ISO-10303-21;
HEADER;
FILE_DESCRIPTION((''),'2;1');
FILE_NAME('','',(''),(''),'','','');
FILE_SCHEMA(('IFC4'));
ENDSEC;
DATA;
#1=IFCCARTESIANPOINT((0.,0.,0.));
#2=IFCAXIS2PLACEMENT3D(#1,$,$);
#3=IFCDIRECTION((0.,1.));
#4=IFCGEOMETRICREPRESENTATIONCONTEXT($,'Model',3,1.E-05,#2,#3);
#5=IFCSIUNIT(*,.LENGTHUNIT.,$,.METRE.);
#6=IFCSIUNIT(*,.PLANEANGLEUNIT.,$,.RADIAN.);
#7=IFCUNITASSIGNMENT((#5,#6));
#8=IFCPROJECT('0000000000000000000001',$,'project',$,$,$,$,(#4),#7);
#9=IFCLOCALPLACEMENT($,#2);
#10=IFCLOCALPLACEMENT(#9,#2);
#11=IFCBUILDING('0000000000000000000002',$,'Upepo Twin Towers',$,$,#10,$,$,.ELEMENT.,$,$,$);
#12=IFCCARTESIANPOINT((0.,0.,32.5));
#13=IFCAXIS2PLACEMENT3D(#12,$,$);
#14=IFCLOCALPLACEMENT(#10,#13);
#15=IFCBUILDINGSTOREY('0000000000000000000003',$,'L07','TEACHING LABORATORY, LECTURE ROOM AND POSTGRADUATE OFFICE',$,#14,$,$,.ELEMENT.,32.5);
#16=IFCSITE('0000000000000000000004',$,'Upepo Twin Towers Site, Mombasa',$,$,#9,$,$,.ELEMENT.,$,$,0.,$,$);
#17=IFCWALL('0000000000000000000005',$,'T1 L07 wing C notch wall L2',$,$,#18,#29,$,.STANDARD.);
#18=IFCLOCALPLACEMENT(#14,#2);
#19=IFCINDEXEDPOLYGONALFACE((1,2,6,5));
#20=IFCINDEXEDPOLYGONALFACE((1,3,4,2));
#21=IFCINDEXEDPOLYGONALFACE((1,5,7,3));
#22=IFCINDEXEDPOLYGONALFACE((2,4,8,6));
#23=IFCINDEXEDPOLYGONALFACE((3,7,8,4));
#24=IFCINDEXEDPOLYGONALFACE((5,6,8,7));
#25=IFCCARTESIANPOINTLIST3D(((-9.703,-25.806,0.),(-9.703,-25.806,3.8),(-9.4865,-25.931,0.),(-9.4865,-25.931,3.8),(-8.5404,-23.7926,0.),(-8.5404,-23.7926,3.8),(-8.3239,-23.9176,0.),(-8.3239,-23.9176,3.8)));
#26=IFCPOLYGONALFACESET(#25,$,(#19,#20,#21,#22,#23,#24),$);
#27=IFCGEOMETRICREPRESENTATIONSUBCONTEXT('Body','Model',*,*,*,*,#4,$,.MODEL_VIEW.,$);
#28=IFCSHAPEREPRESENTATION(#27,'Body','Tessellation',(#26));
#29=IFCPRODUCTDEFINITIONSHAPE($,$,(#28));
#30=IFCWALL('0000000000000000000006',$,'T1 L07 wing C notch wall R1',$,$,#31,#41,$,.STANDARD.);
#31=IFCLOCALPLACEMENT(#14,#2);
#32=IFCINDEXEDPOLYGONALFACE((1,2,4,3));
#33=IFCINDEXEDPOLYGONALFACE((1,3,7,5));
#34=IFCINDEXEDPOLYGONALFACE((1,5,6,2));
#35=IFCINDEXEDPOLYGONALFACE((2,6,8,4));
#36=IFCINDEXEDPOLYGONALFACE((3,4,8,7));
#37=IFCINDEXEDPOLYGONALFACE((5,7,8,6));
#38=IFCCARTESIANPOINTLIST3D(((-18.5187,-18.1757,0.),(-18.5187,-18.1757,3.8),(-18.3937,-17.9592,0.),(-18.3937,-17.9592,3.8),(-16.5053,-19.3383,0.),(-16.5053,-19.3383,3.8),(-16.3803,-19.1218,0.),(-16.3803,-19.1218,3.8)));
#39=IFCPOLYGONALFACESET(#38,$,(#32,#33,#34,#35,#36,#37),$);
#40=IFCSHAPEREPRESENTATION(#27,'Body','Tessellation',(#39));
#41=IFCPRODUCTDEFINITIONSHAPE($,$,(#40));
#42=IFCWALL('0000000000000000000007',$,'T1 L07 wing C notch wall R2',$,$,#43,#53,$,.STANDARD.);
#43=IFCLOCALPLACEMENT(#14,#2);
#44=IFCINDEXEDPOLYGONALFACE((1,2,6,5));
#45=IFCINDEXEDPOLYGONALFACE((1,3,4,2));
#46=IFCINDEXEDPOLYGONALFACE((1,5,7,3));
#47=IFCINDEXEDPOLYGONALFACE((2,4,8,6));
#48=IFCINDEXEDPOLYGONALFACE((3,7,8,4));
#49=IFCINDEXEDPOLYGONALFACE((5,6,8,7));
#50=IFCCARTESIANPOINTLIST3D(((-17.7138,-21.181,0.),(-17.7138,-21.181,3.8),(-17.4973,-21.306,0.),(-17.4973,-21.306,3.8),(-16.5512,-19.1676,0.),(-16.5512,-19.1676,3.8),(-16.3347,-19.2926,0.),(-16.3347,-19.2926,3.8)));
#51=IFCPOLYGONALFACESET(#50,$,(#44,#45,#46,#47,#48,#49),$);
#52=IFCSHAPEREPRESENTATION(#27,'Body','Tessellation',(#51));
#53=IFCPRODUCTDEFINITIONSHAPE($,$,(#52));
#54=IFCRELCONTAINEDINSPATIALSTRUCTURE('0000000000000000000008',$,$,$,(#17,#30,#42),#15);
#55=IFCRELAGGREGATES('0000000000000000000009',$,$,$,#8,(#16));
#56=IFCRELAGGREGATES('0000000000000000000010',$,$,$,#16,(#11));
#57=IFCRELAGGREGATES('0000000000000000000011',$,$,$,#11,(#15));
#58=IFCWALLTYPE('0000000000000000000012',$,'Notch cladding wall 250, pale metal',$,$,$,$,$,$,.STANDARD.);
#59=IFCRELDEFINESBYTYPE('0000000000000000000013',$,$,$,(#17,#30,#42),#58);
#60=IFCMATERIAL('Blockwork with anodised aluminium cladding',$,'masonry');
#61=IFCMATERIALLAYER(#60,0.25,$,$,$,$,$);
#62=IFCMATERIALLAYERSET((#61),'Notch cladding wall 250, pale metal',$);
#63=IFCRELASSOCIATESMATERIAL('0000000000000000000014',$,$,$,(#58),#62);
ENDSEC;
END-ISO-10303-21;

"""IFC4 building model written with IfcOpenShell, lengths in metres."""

from ifc_helpers import new_model, si_unit, direction, frame, frame_2d, origin, place, context, subcontext, project, spatial, rectangle, extrude, material, layer, layer_set, type_object, element, save


model = new_model("IFC4")

# Units and contexts
model_context = context("Model", 3, precision=1e-05, world=origin(), true_north=direction((0.0, 1.0)))
body_context = subcontext(model_context, "Body", "Model", "MODEL_VIEW")
ifc_project = project(units=[si_unit("LENGTHUNIT", "METRE"), si_unit("PLANEANGLEUNIT", "RADIAN")], contexts=[model_context])

# Site, building, storey
site_placement = place(None, origin())
site = spatial("IfcSite", under=ifc_project, at=site_placement, Name="Upepo Twin Towers Site, Mombasa", CompositionType="ELEMENT", RefElevation=0.0)
building_placement = place(site_placement, origin())
building = spatial("IfcBuilding", under=site, at=building_placement, Name="Upepo Twin Towers", CompositionType="ELEMENT")
storey_placement = place(building_placement, frame((0.0, 0.0, 32.5)))
storey = spatial("IfcBuildingStorey", under=building, at=storey_placement, Name="L07", Description="TEACHING LABORATORY, LECTURE ROOM AND POSTGRADUATE OFFICE", CompositionType="ELEMENT", Elevation=32.5)

# Walls
ifc_material_1 = material(Name="Blockwork with anodised aluminium cladding", Category="masonry")
ifc_layer_1 = layer(ifc_material_1, 0.25)
ifc_layer_set_1 = layer_set([ifc_layer_1], Name="Notch cladding wall 250, pale metal")
wall_type_1 = type_object("IfcWallType", Name="Notch cladding wall 250, pale metal", PredefinedType="STANDARD", material=ifc_layer_set_1)
for number, where, z_axis, x_axis, name in (
    (1, (-8.4321, -23.855, 0.0), (0.0, 0.0, 1.0), (-0.500047, -0.865998, 0.0), "T1 L07 wing C notch wall L2"),
    (2, (-18.4563, -18.0674, 0.0), (0.0, 0.0, 1.0), (0.865998, -0.500047, 0.0), "T1 L07 wing C notch wall R1"),
    (3, (-16.4429, -19.23, 0.0), (0.0, 0.0, 1.0), (-0.500047, -0.865998, 0.0), "T1 L07 wing C notch wall R2"),
):
    element("IfcWall", number, at=place(storey_placement, frame(where, z_axis=z_axis, x_axis=x_axis)), inside=storey, type_object=wall_type_1, Name=name, PredefinedType="STANDARD", context=body_context, shape_type="SweptSolid", body=[
        extrude(rectangle(XDim=2.325, YDim=0.25, at=frame_2d((1.1626, 0.0))), origin(), (0.0, 0.0, 1.0), 3.8),
    ])

save(model, "model.ifc")
